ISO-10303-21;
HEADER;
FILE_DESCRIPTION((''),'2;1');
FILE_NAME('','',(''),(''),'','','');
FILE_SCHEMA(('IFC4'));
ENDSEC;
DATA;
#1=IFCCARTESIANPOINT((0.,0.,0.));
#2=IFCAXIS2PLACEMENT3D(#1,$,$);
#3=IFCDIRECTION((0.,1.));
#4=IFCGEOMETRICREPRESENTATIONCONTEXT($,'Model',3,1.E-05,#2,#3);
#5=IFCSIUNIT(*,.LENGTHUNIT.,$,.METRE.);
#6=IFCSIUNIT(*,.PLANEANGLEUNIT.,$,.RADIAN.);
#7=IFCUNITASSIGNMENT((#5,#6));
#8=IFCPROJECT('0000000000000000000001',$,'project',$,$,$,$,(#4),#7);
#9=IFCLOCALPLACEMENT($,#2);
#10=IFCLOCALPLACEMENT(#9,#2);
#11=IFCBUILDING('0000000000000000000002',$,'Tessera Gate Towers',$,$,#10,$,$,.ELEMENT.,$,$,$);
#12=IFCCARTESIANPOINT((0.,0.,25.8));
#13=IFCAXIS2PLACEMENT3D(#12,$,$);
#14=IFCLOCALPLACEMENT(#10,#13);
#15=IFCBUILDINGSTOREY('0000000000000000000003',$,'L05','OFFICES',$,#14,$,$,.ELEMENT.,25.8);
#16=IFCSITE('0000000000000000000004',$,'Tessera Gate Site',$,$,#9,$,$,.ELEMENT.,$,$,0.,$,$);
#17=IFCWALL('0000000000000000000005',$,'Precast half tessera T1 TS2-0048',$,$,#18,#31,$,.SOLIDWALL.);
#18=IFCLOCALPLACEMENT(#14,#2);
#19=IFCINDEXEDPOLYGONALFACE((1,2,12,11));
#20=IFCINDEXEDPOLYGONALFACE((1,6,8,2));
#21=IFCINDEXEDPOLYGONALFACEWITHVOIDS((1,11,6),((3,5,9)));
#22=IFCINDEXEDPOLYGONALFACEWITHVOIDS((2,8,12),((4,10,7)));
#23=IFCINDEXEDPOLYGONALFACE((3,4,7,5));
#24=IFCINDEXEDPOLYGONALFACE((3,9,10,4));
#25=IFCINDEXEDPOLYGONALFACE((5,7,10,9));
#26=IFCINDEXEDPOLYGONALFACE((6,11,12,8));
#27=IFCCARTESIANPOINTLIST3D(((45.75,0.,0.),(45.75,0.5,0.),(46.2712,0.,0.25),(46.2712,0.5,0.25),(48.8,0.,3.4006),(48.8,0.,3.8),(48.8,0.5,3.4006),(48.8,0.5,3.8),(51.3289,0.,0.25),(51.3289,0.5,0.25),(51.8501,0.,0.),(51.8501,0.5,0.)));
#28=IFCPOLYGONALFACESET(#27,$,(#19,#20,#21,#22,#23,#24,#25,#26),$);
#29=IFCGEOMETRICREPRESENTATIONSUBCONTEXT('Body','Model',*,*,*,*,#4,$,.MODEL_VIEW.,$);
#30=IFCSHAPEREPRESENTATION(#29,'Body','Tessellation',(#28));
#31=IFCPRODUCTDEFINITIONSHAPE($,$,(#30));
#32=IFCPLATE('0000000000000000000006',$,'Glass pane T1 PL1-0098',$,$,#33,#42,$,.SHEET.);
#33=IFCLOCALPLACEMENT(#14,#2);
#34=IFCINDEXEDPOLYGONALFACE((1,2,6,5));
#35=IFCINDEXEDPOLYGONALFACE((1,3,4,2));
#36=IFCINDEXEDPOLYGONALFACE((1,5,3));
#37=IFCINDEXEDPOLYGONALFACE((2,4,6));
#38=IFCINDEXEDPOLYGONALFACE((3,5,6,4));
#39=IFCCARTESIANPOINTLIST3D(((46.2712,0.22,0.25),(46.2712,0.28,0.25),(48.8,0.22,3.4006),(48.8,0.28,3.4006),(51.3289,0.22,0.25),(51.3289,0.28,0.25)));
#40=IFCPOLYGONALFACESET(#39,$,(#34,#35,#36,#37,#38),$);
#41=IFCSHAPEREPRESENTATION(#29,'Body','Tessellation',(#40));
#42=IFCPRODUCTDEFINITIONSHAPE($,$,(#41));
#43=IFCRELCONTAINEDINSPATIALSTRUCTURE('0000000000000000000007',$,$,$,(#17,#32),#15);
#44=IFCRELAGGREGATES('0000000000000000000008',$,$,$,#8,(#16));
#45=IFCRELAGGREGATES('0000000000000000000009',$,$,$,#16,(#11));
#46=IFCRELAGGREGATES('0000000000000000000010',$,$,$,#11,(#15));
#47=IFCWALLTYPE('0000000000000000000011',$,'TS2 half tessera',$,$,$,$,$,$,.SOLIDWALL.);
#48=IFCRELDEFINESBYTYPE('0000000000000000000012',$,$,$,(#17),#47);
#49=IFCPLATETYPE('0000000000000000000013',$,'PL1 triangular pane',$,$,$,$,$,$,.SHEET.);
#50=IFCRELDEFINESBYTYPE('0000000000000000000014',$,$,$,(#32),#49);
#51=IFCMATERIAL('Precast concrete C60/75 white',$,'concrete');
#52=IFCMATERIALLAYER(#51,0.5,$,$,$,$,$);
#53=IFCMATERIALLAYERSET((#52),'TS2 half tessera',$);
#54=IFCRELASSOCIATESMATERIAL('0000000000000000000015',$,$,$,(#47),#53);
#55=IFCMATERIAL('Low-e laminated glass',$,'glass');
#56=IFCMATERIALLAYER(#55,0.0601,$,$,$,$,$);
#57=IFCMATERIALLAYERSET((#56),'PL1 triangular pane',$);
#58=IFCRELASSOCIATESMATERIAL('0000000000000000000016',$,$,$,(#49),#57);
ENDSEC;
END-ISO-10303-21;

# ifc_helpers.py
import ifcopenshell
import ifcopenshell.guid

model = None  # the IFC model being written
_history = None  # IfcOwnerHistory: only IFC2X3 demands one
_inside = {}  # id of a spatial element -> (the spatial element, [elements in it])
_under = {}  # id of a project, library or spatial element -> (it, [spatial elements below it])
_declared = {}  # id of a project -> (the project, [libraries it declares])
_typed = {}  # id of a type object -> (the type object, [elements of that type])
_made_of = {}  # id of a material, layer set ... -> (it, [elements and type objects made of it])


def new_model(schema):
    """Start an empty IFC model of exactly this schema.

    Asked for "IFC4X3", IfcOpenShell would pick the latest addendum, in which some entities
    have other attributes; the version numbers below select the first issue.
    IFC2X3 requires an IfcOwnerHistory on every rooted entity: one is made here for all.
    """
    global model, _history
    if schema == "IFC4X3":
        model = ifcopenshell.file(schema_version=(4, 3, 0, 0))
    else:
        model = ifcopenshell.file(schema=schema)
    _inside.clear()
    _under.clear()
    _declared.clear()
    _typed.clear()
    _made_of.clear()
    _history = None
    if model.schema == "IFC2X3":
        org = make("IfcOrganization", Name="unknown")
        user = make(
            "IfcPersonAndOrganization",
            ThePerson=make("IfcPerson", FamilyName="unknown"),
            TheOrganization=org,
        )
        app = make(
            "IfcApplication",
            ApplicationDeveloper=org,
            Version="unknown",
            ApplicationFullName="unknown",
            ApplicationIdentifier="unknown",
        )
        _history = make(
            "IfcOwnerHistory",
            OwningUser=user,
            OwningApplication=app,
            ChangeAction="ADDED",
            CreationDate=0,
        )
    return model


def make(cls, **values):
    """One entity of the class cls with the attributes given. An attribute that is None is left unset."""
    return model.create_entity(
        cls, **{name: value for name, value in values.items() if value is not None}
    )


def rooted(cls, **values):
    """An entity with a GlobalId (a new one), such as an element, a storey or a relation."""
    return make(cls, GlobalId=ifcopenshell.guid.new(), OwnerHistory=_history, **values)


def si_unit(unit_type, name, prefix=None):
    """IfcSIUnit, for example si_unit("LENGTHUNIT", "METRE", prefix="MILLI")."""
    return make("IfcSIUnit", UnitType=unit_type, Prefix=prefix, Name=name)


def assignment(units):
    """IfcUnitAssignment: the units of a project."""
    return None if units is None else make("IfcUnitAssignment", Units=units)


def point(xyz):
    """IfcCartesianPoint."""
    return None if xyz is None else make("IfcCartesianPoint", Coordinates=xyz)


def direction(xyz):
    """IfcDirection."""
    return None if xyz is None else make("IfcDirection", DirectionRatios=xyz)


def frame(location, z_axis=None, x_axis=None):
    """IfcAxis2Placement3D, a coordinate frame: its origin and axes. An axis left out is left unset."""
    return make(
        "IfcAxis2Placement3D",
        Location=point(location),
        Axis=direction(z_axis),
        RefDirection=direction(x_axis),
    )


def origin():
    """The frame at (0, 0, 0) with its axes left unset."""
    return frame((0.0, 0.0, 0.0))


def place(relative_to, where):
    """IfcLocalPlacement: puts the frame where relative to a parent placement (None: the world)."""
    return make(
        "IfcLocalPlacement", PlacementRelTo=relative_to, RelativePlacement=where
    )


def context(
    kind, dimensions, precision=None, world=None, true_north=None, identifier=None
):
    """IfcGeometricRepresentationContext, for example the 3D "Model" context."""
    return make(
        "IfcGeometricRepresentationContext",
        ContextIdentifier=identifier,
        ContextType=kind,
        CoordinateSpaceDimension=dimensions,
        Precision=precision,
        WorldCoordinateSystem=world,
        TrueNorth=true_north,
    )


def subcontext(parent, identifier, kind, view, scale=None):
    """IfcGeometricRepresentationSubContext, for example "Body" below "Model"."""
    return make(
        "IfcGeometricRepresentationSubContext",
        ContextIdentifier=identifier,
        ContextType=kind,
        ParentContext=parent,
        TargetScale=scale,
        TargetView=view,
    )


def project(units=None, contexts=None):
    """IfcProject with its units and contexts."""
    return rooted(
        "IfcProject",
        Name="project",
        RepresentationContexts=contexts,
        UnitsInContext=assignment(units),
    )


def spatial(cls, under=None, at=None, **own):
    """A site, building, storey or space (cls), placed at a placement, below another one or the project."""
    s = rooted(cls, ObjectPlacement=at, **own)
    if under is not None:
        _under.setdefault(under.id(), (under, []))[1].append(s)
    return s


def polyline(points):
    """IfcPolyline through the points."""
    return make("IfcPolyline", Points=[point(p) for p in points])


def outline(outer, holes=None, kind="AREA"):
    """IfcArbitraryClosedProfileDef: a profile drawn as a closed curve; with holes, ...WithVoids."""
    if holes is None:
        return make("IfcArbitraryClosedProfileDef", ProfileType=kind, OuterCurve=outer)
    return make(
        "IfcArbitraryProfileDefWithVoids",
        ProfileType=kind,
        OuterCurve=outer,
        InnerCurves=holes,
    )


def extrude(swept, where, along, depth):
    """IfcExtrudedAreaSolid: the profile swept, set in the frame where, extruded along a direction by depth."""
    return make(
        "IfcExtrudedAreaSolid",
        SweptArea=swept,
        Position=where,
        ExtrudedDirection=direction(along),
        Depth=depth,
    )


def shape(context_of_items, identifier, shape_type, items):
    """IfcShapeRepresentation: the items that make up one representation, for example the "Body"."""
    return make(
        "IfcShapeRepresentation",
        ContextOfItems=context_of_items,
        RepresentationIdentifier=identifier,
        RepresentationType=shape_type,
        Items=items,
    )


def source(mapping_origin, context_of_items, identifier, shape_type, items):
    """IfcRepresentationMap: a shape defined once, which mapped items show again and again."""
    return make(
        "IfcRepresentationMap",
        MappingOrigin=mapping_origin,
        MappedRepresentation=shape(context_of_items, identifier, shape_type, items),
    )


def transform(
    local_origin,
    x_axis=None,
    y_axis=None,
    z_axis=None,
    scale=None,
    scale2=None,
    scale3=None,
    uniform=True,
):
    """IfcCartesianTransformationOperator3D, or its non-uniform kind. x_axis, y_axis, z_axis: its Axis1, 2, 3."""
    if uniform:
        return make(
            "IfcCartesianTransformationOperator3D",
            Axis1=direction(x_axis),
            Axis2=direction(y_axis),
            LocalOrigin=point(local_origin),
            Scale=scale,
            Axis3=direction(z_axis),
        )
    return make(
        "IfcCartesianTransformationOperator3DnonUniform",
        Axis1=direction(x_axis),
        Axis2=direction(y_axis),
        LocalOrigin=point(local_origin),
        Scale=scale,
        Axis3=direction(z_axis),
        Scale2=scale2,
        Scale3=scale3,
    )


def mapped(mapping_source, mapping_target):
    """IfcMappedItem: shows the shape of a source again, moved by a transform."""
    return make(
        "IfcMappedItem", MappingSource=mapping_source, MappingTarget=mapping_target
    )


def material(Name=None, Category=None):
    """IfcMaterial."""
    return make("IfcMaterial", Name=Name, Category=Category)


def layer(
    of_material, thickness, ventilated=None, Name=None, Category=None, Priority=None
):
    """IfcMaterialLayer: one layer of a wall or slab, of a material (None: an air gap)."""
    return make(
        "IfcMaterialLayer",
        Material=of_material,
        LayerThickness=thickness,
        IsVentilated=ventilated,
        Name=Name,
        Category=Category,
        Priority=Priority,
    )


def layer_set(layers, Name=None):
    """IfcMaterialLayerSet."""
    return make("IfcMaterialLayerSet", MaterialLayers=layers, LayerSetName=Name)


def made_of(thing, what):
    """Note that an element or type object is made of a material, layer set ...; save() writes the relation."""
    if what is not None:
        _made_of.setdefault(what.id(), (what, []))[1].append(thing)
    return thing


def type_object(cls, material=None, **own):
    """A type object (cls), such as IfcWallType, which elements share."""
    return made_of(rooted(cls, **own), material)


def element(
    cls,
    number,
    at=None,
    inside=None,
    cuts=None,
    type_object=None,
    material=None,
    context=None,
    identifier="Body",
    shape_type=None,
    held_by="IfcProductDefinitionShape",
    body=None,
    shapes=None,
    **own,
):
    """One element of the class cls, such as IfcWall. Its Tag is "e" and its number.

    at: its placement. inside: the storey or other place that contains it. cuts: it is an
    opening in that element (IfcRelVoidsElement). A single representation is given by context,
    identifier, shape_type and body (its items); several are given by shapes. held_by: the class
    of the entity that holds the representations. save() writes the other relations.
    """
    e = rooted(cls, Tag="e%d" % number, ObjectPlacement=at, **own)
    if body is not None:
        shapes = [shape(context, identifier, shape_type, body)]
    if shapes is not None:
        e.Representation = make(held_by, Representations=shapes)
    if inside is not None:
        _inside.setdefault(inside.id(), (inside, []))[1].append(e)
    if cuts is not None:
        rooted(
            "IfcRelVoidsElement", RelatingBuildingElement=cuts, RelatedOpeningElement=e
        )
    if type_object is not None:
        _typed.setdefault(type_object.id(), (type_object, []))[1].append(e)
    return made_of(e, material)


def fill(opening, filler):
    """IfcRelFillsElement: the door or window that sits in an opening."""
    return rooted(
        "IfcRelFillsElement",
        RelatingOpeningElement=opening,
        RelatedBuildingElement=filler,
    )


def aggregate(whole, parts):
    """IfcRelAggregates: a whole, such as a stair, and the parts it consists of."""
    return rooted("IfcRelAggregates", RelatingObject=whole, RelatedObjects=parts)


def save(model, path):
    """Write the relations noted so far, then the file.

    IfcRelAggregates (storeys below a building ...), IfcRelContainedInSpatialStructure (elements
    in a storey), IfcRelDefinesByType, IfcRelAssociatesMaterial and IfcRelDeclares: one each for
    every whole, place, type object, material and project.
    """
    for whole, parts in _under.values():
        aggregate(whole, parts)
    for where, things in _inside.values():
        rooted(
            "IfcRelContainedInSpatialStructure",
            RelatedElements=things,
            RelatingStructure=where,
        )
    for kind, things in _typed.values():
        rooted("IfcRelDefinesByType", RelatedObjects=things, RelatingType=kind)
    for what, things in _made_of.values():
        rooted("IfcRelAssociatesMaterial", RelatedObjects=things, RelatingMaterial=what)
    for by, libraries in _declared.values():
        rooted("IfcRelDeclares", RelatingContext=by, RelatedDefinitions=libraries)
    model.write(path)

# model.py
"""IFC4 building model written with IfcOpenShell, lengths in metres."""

from ifc_helpers import new_model, si_unit, direction, frame, origin, place, context, subcontext, project, spatial, polyline, outline, extrude, source, transform, mapped, material, layer, layer_set, type_object, element, fill, save


model = new_model("IFC4")

# Units and contexts
model_context = context("Model", 3, precision=1e-05, world=origin(), true_north=direction((0.0, 1.0)))
body_context = subcontext(model_context, "Body", "Model", "MODEL_VIEW")
ifc_project = project(units=[si_unit("LENGTHUNIT", "METRE"), si_unit("PLANEANGLEUNIT", "RADIAN")], contexts=[model_context])

# Site, building, storey
site_placement = place(None, origin())
site = spatial("IfcSite", under=ifc_project, at=site_placement, Name="Tessera Gate Site", CompositionType="ELEMENT", RefElevation=0.0)
building_placement = place(site_placement, origin())
building = spatial("IfcBuilding", under=site, at=building_placement, Name="Tessera Gate Towers", CompositionType="ELEMENT")
storey_placement = place(building_placement, frame((0.0, 0.0, 25.8)))
storey = spatial("IfcBuildingStorey", under=building, at=storey_placement, Name="L05", Description="OFFICES", CompositionType="ELEMENT", Elevation=25.8)

# Wall, opening, plate
ifc_material_1 = material(Name="Precast concrete C60/75 white", Category="concrete")
ifc_layer_1 = layer(ifc_material_1, 0.5)
ifc_layer_set_1 = layer_set([ifc_layer_1], Name="TS2 half tessera")
wall_type_1 = type_object("IfcWallType", Name="TS2 half tessera", PredefinedType="SOLIDWALL", material=ifc_layer_set_1)
shared_shape_1 = source(origin(), body_context, "Body", "SweptSolid", [
    extrude(outline(polyline([(6.1001, 0.0), (3.05, 3.8), (0.0, 0.0), (6.1001, 0.0)])), frame((0.0, 0.25, 0.0), z_axis=(0.0, -1.0, 0.0), x_axis=(1.0, 0.0, 0.0)), (0.0, 0.0, 1.0), 0.5),
])
shared_shape_2 = source(origin(), body_context, "Body", "SweptSolid", [
    extrude(outline(polyline([(5.5789, 0.25), (3.05, 3.4006), (0.5212, 0.25), (5.5789, 0.25)])), frame((0.0, 0.26, 0.0), z_axis=(0.0, -1.0, 0.0), x_axis=(1.0, 0.0, 0.0)), (0.0, 0.0, 1.0), 0.52),
])
ifc_material_2 = material(Name="Low-e laminated glass", Category="glass")
ifc_layer_2 = layer(ifc_material_2, 0.0601)
ifc_layer_set_2 = layer_set([ifc_layer_2], Name="PL1 triangular pane")
plate_type = type_object("IfcPlateType", Name="PL1 triangular pane", PredefinedType="SHEET", material=ifc_layer_set_2)
shared_shape_3 = source(origin(), body_context, "Body", "SweptSolid", [
    extrude(outline(polyline([(5.5789, 0.25), (3.05, 3.4006), (0.5212, 0.25), (5.5789, 0.25)])), frame((0.0, 0.03, 0.0), z_axis=(0.0, -1.0, 0.0), x_axis=(1.0, 0.0, 0.0)), (0.0, 0.0, 1.0), 0.0601),
])
wall_1_placement = place(storey_placement, frame((45.75, 0.25, 0.0), z_axis=(0.0, 0.0, 1.0), x_axis=(1.0, 0.0, 0.0)))
wall_1 = element("IfcWall", 1, at=wall_1_placement, inside=storey, type_object=wall_type_1, Name="Precast half tessera T1 TS2-0048", PredefinedType="SOLIDWALL", context=body_context, shape_type="MappedRepresentation", body=[
    mapped(shared_shape_1, transform((0.0, 0.0, 0.0), scale=1.0)),
])
opening_1_placement = place(wall_1_placement, origin())
opening_1 = element("IfcOpeningElement", 2, at=opening_1_placement, cuts=wall_1, PredefinedType="OPENING", context=body_context, shape_type="MappedRepresentation", body=[
    mapped(shared_shape_2, transform((0.0, 0.0, 0.0), scale=1.0)),
])
plate_1_placement = place(opening_1_placement, origin())
plate_1 = element("IfcPlate", 3, at=plate_1_placement, inside=storey, type_object=plate_type, Name="Glass pane T1 PL1-0098", PredefinedType="SHEET", context=body_context, shape_type="MappedRepresentation", body=[
    mapped(shared_shape_3, transform((0.0, 0.0, 0.0), scale=1.0)),
])
fill(opening_1, plate_1)

save(model, "model.ifc")
